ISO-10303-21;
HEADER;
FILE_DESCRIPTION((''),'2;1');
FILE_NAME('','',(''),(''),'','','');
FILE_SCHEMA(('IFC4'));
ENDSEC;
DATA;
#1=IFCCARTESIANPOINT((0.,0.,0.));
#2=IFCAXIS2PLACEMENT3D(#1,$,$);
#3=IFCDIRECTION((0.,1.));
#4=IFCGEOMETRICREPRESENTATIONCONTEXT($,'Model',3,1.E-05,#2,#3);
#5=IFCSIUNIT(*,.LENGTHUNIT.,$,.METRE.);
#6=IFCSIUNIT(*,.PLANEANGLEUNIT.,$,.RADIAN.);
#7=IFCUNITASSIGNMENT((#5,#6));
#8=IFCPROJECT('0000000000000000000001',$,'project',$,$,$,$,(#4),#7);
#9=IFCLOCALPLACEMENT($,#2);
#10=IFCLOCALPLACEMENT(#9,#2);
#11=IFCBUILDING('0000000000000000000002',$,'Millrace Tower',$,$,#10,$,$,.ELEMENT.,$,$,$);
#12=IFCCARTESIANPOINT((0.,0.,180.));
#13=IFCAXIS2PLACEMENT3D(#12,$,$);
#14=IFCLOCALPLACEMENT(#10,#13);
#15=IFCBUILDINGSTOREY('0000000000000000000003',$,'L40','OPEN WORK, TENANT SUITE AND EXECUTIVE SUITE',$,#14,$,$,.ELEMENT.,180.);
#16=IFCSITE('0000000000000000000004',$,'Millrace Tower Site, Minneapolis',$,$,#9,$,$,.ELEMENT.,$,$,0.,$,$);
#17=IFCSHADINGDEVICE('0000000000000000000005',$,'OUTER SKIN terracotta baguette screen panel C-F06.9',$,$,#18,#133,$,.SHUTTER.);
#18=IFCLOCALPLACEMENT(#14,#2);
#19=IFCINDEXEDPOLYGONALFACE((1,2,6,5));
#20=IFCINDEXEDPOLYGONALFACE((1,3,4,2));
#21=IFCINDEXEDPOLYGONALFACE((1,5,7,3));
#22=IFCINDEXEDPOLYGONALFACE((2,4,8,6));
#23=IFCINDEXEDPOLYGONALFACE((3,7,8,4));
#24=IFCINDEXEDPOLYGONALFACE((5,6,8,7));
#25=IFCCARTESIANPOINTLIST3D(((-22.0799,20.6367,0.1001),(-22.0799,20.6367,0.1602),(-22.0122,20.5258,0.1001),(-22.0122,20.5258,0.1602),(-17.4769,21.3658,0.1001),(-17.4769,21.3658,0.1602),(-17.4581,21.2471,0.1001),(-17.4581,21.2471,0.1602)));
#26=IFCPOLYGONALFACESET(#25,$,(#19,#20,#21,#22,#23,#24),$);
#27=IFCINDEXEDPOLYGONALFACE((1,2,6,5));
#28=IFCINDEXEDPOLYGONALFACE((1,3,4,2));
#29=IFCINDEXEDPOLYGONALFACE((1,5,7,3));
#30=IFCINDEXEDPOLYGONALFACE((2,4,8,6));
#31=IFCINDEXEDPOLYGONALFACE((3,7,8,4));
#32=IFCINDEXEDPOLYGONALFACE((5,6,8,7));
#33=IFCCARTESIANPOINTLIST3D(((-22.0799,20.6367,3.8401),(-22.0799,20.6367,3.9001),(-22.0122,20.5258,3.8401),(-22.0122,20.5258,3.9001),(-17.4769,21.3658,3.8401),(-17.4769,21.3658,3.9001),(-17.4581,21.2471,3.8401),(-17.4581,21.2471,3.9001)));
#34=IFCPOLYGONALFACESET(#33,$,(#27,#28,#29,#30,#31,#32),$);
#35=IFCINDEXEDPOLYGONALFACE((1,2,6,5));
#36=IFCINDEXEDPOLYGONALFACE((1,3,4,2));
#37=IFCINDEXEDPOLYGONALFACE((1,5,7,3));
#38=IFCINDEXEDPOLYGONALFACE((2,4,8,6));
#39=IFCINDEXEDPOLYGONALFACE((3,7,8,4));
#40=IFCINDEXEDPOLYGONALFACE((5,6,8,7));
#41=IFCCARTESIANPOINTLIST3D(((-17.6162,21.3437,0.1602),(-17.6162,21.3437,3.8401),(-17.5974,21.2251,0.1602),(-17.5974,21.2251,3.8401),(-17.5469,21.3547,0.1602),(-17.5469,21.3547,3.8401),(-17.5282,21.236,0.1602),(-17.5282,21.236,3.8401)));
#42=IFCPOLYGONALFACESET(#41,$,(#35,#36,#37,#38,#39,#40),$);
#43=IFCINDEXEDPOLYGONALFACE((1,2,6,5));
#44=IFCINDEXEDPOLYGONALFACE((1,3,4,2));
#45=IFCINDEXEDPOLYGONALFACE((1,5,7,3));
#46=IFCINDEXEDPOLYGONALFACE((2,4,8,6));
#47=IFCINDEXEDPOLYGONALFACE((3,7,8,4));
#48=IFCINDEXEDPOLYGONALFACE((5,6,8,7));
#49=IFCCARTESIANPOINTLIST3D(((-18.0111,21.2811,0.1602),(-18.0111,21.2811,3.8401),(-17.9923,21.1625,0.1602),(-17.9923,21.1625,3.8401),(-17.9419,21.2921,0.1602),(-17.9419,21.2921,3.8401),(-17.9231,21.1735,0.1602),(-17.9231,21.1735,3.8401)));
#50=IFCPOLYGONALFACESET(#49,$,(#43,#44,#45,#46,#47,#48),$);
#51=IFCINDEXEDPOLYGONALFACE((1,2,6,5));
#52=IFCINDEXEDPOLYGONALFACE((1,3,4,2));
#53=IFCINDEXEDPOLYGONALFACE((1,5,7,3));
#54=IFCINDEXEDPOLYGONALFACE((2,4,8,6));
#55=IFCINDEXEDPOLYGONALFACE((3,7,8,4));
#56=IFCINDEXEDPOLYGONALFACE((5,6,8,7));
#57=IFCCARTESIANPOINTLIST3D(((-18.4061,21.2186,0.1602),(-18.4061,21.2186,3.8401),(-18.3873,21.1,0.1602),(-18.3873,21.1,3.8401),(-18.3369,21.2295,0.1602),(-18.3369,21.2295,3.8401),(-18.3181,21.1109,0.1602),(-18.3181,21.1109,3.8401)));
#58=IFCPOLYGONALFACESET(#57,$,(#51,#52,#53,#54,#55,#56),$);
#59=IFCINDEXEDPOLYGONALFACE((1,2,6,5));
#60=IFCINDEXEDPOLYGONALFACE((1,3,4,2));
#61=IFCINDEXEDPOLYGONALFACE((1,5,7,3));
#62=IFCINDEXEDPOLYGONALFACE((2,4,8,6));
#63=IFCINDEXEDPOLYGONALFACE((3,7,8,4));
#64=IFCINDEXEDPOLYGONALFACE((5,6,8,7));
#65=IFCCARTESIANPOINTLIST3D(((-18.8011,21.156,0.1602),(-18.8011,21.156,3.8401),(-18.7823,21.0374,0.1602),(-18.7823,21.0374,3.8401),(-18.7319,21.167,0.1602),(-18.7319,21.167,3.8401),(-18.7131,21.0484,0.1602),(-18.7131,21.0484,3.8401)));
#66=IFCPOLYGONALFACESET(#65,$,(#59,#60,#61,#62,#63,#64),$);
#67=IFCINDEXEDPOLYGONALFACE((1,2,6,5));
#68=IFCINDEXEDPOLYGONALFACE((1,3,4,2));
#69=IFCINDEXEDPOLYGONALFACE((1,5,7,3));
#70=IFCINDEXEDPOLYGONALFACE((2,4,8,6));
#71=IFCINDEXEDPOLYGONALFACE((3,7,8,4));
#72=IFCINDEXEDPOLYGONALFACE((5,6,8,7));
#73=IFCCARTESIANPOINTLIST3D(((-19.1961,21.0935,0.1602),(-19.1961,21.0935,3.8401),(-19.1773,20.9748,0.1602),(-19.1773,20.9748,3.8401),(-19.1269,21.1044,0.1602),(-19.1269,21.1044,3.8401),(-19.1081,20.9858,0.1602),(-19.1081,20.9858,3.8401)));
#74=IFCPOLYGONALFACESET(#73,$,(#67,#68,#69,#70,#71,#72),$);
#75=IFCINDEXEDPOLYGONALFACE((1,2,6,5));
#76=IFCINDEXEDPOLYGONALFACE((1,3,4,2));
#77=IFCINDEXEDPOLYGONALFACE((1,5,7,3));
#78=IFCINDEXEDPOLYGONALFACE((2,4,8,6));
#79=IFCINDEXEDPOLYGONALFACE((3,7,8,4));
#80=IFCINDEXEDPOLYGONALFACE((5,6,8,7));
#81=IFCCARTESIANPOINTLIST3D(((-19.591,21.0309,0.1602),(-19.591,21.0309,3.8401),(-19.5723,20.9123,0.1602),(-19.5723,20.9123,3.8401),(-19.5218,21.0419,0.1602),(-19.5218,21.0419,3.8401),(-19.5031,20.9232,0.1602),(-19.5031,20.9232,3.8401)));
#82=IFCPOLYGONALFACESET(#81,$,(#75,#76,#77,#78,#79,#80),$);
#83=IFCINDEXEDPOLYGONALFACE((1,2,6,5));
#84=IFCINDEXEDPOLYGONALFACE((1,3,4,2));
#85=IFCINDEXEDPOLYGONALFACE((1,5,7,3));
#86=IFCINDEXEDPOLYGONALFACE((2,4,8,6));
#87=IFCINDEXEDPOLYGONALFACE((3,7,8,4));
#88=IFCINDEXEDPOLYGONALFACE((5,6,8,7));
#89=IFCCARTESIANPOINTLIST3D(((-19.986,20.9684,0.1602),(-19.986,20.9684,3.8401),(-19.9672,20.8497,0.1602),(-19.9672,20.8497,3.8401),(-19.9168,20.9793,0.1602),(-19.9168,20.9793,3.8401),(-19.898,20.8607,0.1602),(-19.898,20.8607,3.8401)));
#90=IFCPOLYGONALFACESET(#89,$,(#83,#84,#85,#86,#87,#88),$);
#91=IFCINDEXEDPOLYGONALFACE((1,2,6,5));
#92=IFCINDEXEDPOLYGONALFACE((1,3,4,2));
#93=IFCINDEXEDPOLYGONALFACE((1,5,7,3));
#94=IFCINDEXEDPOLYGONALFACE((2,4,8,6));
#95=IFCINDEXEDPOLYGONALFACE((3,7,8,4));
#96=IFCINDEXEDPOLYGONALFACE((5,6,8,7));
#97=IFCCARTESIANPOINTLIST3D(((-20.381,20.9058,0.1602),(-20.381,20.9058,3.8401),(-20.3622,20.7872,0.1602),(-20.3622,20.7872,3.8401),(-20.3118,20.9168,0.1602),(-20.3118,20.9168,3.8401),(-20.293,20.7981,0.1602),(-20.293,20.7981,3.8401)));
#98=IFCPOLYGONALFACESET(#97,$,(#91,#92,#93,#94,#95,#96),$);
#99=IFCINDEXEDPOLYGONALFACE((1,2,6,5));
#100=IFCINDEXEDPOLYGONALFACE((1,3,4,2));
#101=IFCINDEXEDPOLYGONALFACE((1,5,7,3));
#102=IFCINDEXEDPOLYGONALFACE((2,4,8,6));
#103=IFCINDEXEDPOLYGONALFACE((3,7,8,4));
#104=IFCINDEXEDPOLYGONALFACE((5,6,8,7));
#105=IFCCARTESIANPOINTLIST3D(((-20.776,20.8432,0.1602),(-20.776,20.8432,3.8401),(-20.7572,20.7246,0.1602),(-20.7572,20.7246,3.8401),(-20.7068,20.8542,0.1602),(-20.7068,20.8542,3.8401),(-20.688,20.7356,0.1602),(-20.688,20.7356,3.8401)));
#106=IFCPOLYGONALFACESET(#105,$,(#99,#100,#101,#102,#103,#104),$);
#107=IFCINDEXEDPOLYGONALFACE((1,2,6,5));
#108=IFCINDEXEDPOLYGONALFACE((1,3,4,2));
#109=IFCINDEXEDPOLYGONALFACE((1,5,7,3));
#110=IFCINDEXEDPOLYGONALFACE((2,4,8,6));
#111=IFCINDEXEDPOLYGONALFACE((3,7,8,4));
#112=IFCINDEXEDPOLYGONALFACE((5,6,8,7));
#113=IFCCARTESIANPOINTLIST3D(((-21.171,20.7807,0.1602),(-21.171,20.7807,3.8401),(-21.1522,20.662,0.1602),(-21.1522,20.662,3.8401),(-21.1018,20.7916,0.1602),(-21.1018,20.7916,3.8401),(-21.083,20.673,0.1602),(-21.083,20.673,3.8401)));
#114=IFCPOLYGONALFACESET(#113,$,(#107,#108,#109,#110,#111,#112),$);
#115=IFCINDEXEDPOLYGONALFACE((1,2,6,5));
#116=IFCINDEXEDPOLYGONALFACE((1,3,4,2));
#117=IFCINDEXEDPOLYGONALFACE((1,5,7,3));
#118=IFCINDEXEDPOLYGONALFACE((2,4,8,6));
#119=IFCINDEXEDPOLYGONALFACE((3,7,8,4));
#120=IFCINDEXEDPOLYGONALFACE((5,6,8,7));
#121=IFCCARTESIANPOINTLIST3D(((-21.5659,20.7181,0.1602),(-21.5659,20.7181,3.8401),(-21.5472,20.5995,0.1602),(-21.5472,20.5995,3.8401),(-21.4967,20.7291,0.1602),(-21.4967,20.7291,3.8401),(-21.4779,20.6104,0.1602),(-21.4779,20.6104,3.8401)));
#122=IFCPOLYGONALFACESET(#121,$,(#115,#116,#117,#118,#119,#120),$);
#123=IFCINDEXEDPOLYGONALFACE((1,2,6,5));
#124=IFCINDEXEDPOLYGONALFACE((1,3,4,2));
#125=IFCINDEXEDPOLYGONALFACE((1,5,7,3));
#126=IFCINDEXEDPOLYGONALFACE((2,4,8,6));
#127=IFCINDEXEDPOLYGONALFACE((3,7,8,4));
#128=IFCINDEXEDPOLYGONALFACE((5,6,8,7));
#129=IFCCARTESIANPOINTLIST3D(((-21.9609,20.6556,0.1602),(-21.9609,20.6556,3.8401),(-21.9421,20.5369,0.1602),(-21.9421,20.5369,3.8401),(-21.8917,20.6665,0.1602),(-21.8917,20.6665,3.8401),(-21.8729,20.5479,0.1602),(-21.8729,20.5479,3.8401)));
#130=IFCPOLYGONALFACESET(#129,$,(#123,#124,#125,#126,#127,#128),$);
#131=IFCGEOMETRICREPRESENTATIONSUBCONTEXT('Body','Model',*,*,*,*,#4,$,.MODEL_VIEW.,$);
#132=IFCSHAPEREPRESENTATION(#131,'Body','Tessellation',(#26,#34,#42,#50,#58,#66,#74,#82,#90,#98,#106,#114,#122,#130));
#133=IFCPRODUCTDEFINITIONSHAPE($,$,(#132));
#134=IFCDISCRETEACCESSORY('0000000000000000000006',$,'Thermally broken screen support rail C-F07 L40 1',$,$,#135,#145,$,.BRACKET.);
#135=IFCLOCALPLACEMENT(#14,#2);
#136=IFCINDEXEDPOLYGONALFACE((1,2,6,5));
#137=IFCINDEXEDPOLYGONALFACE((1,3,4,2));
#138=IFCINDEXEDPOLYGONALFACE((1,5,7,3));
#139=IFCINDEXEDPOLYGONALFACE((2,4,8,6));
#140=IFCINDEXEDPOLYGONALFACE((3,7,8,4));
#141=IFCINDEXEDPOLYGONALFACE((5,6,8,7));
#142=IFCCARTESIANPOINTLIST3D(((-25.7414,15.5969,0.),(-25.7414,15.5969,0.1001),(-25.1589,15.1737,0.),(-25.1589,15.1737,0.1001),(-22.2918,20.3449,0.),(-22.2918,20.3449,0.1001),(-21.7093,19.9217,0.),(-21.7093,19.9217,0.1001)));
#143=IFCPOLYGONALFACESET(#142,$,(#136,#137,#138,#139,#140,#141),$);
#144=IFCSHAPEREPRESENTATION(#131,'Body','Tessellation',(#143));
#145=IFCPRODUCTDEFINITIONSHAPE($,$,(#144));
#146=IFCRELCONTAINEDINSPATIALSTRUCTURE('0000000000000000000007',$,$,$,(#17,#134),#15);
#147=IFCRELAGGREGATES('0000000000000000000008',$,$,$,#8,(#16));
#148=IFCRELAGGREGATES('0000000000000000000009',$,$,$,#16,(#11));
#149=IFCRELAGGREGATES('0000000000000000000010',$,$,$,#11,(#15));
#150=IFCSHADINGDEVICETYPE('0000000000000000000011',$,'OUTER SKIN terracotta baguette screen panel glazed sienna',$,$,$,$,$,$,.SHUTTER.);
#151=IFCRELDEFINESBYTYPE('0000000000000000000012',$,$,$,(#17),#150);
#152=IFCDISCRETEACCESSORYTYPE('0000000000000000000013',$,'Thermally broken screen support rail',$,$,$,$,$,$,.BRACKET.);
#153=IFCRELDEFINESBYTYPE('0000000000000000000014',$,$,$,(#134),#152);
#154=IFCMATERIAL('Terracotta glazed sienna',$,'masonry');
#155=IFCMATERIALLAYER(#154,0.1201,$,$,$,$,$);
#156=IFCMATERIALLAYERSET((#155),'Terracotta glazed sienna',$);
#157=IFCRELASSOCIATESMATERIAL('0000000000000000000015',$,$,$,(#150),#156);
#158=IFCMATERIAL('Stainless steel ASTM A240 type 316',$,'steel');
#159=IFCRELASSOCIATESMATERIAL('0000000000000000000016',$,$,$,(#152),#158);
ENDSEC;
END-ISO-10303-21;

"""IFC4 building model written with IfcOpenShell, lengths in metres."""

from ifc_helpers import new_model, entity, si_unit, direction, frame, frame_2d, origin, origin_2d, place, context, subcontext, project, spatial, rectangle, extrude, source, transform, mapped, material, layer, layer_set, type_object, element, save


model = new_model("IFC4")

# Units and contexts
model_context = context("Model", 3, precision=1e-05, world=origin(), true_north=direction((0.0, 1.0)))
body_context = subcontext(model_context, "Body", "Model", "MODEL_VIEW")
ifc_project = project(units=[si_unit("LENGTHUNIT", "METRE"), si_unit("PLANEANGLEUNIT", "RADIAN")], contexts=[model_context])

# Site, building, storey
site_placement = place(None, origin())
site = spatial("IfcSite", under=ifc_project, at=site_placement, Name="Millrace Tower Site, Minneapolis", CompositionType="ELEMENT", RefElevation=0.0)
building_placement = place(site_placement, origin())
building = spatial("IfcBuilding", under=site, at=building_placement, Name="Millrace Tower", CompositionType="ELEMENT")
storey_placement = place(building_placement, frame((0.0, 0.0, 180.0)))
storey = spatial("IfcBuildingStorey", under=building, at=storey_placement, Name="L40", Description="OPEN WORK, TENANT SUITE AND EXECUTIVE SUITE", CompositionType="ELEMENT", Elevation=180.0)

# Shading device
ifc_material_1 = material(Name="Terracotta glazed sienna", Category="masonry")
ifc_layer_1 = layer(ifc_material_1, 0.1201)
ifc_layer_set_1 = layer_set([ifc_layer_1], Name="Terracotta glazed sienna")
shading_device_type = type_object("IfcShadingDeviceType", Name="OUTER SKIN terracotta baguette screen panel glazed sienna", PredefinedType="SHUTTER", material=ifc_layer_set_1)
cartesian_point_1 = entity("IfcCartesianPoint", [-2.3179, 0.0601])
shared_polyline_1 = entity("IfcPolyline", [cartesian_point_1, entity("IfcCartesianPoint", [2.293, 0.0601]), entity("IfcCartesianPoint", [2.3425, -0.0601]), entity("IfcCartesianPoint", [-2.3179, -0.0601]), cartesian_point_1])
shared_shape_1 = source(origin(), body_context, "Body", "SweptSolid", [
    entity("IfcExtrudedAreaSolid", entity("IfcArbitraryClosedProfileDef", "AREA", None, shared_polyline_1), entity("IfcAxis2Placement3D", entity("IfcCartesianPoint", [0.0, 0.0, 0.0])), entity("IfcDirection", [0.0, 0.0, 1.0]), 0.0601),
    entity("IfcExtrudedAreaSolid", entity("IfcArbitraryClosedProfileDef", "AREA", None, shared_polyline_1), entity("IfcAxis2Placement3D", entity("IfcCartesianPoint", [0.0, 0.0, 3.74])), entity("IfcDirection", [0.0, 0.0, 1.0]), 0.0601),
    extrude(rectangle(XDim=0.0701, YDim=0.1201, at=frame_2d((-2.2119, 0.0))), frame((0.0, 0.0, 0.0601)), (0.0, 0.0, 1.0), 3.6799),
    extrude(rectangle(XDim=0.0701, YDim=0.1201, at=frame_2d((-1.812, 0.0))), frame((0.0, 0.0, 0.0601)), (0.0, 0.0, 1.0), 3.6799),
    extrude(rectangle(XDim=0.0701, YDim=0.1201, at=frame_2d((-1.4121, 0.0))), frame((0.0, 0.0, 0.0601)), (0.0, 0.0, 1.0), 3.6799),
    extrude(rectangle(XDim=0.0701, YDim=0.1201, at=frame_2d((-1.0122, 0.0))), frame((0.0, 0.0, 0.0601)), (0.0, 0.0, 1.0), 3.6799),
    extrude(rectangle(XDim=0.0701, YDim=0.1201, at=frame_2d((-0.6123, 0.0))), frame((0.0, 0.0, 0.0601)), (0.0, 0.0, 1.0), 3.6799),
    extrude(rectangle(XDim=0.0701, YDim=0.1201, at=frame_2d((-0.2124, 0.0))), frame((0.0, 0.0, 0.0601)), (0.0, 0.0, 1.0), 3.6799),
    extrude(rectangle(XDim=0.0701, YDim=0.1201, at=frame_2d((0.1875, 0.0))), frame((0.0, 0.0, 0.0601)), (0.0, 0.0, 1.0), 3.6799),
    extrude(rectangle(XDim=0.0701, YDim=0.1201, at=frame_2d((0.5874, 0.0))), frame((0.0, 0.0, 0.0601)), (0.0, 0.0, 1.0), 3.6799),
    extrude(rectangle(XDim=0.0701, YDim=0.1201, at=frame_2d((0.9873, 0.0))), frame((0.0, 0.0, 0.0601)), (0.0, 0.0, 1.0), 3.6799),
    extrude(rectangle(XDim=0.0701, YDim=0.1201, at=frame_2d((1.3872, 0.0))), frame((0.0, 0.0, 0.0601)), (0.0, 0.0, 1.0), 3.6799),
    extrude(rectangle(XDim=0.0701, YDim=0.1201, at=frame_2d((1.7871, 0.0))), frame((0.0, 0.0, 0.0601)), (0.0, 0.0, 1.0), 3.6799),
    extrude(rectangle(XDim=0.0701, YDim=0.1201, at=frame_2d((2.187, 0.0))), frame((0.0, 0.0, 0.0601)), (0.0, 0.0, 1.0), 3.6799),
])
shading_device_1_placement = place(storey_placement, frame((-19.7568, 20.9438, 0.1001), z_axis=(0.0, 0.0, 1.0), x_axis=(-0.987688, -0.156434, 0.0)))
element("IfcShadingDevice", 1, at=shading_device_1_placement, inside=storey, type_object=shading_device_type, Name="OUTER SKIN terracotta baguette screen panel C-F06.9", PredefinedType="SHUTTER", context=body_context, shape_type="MappedRepresentation", body=[
    mapped(shared_shape_1, transform((0.0, 0.0, 0.0), scale=1.0)),
])

# Discrete accessory
ifc_material_2 = material(Name="Stainless steel ASTM A240 type 316", Category="steel")
discrete_accessory_type = type_object("IfcDiscreteAccessoryType", Name="Thermally broken screen support rail", PredefinedType="BRACKET", material=ifc_material_2)
discrete_accessory_placement = place(storey_placement, frame((-23.7253, 17.7593, 0.0), z_axis=(0.0, 0.0, 1.0), x_axis=(-0.587785, -0.809017, 0.0)))
element("IfcDiscreteAccessory", 2, at=discrete_accessory_placement, inside=storey, type_object=discrete_accessory_type, Name="Thermally broken screen support rail C-F07 L40 1", PredefinedType="BRACKET", context=body_context, shape_type="SweptSolid", body=[
    extrude(rectangle(XDim=5.8689, YDim=0.72, at=origin_2d()), origin(), (0.0, 0.0, 1.0), 0.1001),
])

save(model, "model.ifc")
